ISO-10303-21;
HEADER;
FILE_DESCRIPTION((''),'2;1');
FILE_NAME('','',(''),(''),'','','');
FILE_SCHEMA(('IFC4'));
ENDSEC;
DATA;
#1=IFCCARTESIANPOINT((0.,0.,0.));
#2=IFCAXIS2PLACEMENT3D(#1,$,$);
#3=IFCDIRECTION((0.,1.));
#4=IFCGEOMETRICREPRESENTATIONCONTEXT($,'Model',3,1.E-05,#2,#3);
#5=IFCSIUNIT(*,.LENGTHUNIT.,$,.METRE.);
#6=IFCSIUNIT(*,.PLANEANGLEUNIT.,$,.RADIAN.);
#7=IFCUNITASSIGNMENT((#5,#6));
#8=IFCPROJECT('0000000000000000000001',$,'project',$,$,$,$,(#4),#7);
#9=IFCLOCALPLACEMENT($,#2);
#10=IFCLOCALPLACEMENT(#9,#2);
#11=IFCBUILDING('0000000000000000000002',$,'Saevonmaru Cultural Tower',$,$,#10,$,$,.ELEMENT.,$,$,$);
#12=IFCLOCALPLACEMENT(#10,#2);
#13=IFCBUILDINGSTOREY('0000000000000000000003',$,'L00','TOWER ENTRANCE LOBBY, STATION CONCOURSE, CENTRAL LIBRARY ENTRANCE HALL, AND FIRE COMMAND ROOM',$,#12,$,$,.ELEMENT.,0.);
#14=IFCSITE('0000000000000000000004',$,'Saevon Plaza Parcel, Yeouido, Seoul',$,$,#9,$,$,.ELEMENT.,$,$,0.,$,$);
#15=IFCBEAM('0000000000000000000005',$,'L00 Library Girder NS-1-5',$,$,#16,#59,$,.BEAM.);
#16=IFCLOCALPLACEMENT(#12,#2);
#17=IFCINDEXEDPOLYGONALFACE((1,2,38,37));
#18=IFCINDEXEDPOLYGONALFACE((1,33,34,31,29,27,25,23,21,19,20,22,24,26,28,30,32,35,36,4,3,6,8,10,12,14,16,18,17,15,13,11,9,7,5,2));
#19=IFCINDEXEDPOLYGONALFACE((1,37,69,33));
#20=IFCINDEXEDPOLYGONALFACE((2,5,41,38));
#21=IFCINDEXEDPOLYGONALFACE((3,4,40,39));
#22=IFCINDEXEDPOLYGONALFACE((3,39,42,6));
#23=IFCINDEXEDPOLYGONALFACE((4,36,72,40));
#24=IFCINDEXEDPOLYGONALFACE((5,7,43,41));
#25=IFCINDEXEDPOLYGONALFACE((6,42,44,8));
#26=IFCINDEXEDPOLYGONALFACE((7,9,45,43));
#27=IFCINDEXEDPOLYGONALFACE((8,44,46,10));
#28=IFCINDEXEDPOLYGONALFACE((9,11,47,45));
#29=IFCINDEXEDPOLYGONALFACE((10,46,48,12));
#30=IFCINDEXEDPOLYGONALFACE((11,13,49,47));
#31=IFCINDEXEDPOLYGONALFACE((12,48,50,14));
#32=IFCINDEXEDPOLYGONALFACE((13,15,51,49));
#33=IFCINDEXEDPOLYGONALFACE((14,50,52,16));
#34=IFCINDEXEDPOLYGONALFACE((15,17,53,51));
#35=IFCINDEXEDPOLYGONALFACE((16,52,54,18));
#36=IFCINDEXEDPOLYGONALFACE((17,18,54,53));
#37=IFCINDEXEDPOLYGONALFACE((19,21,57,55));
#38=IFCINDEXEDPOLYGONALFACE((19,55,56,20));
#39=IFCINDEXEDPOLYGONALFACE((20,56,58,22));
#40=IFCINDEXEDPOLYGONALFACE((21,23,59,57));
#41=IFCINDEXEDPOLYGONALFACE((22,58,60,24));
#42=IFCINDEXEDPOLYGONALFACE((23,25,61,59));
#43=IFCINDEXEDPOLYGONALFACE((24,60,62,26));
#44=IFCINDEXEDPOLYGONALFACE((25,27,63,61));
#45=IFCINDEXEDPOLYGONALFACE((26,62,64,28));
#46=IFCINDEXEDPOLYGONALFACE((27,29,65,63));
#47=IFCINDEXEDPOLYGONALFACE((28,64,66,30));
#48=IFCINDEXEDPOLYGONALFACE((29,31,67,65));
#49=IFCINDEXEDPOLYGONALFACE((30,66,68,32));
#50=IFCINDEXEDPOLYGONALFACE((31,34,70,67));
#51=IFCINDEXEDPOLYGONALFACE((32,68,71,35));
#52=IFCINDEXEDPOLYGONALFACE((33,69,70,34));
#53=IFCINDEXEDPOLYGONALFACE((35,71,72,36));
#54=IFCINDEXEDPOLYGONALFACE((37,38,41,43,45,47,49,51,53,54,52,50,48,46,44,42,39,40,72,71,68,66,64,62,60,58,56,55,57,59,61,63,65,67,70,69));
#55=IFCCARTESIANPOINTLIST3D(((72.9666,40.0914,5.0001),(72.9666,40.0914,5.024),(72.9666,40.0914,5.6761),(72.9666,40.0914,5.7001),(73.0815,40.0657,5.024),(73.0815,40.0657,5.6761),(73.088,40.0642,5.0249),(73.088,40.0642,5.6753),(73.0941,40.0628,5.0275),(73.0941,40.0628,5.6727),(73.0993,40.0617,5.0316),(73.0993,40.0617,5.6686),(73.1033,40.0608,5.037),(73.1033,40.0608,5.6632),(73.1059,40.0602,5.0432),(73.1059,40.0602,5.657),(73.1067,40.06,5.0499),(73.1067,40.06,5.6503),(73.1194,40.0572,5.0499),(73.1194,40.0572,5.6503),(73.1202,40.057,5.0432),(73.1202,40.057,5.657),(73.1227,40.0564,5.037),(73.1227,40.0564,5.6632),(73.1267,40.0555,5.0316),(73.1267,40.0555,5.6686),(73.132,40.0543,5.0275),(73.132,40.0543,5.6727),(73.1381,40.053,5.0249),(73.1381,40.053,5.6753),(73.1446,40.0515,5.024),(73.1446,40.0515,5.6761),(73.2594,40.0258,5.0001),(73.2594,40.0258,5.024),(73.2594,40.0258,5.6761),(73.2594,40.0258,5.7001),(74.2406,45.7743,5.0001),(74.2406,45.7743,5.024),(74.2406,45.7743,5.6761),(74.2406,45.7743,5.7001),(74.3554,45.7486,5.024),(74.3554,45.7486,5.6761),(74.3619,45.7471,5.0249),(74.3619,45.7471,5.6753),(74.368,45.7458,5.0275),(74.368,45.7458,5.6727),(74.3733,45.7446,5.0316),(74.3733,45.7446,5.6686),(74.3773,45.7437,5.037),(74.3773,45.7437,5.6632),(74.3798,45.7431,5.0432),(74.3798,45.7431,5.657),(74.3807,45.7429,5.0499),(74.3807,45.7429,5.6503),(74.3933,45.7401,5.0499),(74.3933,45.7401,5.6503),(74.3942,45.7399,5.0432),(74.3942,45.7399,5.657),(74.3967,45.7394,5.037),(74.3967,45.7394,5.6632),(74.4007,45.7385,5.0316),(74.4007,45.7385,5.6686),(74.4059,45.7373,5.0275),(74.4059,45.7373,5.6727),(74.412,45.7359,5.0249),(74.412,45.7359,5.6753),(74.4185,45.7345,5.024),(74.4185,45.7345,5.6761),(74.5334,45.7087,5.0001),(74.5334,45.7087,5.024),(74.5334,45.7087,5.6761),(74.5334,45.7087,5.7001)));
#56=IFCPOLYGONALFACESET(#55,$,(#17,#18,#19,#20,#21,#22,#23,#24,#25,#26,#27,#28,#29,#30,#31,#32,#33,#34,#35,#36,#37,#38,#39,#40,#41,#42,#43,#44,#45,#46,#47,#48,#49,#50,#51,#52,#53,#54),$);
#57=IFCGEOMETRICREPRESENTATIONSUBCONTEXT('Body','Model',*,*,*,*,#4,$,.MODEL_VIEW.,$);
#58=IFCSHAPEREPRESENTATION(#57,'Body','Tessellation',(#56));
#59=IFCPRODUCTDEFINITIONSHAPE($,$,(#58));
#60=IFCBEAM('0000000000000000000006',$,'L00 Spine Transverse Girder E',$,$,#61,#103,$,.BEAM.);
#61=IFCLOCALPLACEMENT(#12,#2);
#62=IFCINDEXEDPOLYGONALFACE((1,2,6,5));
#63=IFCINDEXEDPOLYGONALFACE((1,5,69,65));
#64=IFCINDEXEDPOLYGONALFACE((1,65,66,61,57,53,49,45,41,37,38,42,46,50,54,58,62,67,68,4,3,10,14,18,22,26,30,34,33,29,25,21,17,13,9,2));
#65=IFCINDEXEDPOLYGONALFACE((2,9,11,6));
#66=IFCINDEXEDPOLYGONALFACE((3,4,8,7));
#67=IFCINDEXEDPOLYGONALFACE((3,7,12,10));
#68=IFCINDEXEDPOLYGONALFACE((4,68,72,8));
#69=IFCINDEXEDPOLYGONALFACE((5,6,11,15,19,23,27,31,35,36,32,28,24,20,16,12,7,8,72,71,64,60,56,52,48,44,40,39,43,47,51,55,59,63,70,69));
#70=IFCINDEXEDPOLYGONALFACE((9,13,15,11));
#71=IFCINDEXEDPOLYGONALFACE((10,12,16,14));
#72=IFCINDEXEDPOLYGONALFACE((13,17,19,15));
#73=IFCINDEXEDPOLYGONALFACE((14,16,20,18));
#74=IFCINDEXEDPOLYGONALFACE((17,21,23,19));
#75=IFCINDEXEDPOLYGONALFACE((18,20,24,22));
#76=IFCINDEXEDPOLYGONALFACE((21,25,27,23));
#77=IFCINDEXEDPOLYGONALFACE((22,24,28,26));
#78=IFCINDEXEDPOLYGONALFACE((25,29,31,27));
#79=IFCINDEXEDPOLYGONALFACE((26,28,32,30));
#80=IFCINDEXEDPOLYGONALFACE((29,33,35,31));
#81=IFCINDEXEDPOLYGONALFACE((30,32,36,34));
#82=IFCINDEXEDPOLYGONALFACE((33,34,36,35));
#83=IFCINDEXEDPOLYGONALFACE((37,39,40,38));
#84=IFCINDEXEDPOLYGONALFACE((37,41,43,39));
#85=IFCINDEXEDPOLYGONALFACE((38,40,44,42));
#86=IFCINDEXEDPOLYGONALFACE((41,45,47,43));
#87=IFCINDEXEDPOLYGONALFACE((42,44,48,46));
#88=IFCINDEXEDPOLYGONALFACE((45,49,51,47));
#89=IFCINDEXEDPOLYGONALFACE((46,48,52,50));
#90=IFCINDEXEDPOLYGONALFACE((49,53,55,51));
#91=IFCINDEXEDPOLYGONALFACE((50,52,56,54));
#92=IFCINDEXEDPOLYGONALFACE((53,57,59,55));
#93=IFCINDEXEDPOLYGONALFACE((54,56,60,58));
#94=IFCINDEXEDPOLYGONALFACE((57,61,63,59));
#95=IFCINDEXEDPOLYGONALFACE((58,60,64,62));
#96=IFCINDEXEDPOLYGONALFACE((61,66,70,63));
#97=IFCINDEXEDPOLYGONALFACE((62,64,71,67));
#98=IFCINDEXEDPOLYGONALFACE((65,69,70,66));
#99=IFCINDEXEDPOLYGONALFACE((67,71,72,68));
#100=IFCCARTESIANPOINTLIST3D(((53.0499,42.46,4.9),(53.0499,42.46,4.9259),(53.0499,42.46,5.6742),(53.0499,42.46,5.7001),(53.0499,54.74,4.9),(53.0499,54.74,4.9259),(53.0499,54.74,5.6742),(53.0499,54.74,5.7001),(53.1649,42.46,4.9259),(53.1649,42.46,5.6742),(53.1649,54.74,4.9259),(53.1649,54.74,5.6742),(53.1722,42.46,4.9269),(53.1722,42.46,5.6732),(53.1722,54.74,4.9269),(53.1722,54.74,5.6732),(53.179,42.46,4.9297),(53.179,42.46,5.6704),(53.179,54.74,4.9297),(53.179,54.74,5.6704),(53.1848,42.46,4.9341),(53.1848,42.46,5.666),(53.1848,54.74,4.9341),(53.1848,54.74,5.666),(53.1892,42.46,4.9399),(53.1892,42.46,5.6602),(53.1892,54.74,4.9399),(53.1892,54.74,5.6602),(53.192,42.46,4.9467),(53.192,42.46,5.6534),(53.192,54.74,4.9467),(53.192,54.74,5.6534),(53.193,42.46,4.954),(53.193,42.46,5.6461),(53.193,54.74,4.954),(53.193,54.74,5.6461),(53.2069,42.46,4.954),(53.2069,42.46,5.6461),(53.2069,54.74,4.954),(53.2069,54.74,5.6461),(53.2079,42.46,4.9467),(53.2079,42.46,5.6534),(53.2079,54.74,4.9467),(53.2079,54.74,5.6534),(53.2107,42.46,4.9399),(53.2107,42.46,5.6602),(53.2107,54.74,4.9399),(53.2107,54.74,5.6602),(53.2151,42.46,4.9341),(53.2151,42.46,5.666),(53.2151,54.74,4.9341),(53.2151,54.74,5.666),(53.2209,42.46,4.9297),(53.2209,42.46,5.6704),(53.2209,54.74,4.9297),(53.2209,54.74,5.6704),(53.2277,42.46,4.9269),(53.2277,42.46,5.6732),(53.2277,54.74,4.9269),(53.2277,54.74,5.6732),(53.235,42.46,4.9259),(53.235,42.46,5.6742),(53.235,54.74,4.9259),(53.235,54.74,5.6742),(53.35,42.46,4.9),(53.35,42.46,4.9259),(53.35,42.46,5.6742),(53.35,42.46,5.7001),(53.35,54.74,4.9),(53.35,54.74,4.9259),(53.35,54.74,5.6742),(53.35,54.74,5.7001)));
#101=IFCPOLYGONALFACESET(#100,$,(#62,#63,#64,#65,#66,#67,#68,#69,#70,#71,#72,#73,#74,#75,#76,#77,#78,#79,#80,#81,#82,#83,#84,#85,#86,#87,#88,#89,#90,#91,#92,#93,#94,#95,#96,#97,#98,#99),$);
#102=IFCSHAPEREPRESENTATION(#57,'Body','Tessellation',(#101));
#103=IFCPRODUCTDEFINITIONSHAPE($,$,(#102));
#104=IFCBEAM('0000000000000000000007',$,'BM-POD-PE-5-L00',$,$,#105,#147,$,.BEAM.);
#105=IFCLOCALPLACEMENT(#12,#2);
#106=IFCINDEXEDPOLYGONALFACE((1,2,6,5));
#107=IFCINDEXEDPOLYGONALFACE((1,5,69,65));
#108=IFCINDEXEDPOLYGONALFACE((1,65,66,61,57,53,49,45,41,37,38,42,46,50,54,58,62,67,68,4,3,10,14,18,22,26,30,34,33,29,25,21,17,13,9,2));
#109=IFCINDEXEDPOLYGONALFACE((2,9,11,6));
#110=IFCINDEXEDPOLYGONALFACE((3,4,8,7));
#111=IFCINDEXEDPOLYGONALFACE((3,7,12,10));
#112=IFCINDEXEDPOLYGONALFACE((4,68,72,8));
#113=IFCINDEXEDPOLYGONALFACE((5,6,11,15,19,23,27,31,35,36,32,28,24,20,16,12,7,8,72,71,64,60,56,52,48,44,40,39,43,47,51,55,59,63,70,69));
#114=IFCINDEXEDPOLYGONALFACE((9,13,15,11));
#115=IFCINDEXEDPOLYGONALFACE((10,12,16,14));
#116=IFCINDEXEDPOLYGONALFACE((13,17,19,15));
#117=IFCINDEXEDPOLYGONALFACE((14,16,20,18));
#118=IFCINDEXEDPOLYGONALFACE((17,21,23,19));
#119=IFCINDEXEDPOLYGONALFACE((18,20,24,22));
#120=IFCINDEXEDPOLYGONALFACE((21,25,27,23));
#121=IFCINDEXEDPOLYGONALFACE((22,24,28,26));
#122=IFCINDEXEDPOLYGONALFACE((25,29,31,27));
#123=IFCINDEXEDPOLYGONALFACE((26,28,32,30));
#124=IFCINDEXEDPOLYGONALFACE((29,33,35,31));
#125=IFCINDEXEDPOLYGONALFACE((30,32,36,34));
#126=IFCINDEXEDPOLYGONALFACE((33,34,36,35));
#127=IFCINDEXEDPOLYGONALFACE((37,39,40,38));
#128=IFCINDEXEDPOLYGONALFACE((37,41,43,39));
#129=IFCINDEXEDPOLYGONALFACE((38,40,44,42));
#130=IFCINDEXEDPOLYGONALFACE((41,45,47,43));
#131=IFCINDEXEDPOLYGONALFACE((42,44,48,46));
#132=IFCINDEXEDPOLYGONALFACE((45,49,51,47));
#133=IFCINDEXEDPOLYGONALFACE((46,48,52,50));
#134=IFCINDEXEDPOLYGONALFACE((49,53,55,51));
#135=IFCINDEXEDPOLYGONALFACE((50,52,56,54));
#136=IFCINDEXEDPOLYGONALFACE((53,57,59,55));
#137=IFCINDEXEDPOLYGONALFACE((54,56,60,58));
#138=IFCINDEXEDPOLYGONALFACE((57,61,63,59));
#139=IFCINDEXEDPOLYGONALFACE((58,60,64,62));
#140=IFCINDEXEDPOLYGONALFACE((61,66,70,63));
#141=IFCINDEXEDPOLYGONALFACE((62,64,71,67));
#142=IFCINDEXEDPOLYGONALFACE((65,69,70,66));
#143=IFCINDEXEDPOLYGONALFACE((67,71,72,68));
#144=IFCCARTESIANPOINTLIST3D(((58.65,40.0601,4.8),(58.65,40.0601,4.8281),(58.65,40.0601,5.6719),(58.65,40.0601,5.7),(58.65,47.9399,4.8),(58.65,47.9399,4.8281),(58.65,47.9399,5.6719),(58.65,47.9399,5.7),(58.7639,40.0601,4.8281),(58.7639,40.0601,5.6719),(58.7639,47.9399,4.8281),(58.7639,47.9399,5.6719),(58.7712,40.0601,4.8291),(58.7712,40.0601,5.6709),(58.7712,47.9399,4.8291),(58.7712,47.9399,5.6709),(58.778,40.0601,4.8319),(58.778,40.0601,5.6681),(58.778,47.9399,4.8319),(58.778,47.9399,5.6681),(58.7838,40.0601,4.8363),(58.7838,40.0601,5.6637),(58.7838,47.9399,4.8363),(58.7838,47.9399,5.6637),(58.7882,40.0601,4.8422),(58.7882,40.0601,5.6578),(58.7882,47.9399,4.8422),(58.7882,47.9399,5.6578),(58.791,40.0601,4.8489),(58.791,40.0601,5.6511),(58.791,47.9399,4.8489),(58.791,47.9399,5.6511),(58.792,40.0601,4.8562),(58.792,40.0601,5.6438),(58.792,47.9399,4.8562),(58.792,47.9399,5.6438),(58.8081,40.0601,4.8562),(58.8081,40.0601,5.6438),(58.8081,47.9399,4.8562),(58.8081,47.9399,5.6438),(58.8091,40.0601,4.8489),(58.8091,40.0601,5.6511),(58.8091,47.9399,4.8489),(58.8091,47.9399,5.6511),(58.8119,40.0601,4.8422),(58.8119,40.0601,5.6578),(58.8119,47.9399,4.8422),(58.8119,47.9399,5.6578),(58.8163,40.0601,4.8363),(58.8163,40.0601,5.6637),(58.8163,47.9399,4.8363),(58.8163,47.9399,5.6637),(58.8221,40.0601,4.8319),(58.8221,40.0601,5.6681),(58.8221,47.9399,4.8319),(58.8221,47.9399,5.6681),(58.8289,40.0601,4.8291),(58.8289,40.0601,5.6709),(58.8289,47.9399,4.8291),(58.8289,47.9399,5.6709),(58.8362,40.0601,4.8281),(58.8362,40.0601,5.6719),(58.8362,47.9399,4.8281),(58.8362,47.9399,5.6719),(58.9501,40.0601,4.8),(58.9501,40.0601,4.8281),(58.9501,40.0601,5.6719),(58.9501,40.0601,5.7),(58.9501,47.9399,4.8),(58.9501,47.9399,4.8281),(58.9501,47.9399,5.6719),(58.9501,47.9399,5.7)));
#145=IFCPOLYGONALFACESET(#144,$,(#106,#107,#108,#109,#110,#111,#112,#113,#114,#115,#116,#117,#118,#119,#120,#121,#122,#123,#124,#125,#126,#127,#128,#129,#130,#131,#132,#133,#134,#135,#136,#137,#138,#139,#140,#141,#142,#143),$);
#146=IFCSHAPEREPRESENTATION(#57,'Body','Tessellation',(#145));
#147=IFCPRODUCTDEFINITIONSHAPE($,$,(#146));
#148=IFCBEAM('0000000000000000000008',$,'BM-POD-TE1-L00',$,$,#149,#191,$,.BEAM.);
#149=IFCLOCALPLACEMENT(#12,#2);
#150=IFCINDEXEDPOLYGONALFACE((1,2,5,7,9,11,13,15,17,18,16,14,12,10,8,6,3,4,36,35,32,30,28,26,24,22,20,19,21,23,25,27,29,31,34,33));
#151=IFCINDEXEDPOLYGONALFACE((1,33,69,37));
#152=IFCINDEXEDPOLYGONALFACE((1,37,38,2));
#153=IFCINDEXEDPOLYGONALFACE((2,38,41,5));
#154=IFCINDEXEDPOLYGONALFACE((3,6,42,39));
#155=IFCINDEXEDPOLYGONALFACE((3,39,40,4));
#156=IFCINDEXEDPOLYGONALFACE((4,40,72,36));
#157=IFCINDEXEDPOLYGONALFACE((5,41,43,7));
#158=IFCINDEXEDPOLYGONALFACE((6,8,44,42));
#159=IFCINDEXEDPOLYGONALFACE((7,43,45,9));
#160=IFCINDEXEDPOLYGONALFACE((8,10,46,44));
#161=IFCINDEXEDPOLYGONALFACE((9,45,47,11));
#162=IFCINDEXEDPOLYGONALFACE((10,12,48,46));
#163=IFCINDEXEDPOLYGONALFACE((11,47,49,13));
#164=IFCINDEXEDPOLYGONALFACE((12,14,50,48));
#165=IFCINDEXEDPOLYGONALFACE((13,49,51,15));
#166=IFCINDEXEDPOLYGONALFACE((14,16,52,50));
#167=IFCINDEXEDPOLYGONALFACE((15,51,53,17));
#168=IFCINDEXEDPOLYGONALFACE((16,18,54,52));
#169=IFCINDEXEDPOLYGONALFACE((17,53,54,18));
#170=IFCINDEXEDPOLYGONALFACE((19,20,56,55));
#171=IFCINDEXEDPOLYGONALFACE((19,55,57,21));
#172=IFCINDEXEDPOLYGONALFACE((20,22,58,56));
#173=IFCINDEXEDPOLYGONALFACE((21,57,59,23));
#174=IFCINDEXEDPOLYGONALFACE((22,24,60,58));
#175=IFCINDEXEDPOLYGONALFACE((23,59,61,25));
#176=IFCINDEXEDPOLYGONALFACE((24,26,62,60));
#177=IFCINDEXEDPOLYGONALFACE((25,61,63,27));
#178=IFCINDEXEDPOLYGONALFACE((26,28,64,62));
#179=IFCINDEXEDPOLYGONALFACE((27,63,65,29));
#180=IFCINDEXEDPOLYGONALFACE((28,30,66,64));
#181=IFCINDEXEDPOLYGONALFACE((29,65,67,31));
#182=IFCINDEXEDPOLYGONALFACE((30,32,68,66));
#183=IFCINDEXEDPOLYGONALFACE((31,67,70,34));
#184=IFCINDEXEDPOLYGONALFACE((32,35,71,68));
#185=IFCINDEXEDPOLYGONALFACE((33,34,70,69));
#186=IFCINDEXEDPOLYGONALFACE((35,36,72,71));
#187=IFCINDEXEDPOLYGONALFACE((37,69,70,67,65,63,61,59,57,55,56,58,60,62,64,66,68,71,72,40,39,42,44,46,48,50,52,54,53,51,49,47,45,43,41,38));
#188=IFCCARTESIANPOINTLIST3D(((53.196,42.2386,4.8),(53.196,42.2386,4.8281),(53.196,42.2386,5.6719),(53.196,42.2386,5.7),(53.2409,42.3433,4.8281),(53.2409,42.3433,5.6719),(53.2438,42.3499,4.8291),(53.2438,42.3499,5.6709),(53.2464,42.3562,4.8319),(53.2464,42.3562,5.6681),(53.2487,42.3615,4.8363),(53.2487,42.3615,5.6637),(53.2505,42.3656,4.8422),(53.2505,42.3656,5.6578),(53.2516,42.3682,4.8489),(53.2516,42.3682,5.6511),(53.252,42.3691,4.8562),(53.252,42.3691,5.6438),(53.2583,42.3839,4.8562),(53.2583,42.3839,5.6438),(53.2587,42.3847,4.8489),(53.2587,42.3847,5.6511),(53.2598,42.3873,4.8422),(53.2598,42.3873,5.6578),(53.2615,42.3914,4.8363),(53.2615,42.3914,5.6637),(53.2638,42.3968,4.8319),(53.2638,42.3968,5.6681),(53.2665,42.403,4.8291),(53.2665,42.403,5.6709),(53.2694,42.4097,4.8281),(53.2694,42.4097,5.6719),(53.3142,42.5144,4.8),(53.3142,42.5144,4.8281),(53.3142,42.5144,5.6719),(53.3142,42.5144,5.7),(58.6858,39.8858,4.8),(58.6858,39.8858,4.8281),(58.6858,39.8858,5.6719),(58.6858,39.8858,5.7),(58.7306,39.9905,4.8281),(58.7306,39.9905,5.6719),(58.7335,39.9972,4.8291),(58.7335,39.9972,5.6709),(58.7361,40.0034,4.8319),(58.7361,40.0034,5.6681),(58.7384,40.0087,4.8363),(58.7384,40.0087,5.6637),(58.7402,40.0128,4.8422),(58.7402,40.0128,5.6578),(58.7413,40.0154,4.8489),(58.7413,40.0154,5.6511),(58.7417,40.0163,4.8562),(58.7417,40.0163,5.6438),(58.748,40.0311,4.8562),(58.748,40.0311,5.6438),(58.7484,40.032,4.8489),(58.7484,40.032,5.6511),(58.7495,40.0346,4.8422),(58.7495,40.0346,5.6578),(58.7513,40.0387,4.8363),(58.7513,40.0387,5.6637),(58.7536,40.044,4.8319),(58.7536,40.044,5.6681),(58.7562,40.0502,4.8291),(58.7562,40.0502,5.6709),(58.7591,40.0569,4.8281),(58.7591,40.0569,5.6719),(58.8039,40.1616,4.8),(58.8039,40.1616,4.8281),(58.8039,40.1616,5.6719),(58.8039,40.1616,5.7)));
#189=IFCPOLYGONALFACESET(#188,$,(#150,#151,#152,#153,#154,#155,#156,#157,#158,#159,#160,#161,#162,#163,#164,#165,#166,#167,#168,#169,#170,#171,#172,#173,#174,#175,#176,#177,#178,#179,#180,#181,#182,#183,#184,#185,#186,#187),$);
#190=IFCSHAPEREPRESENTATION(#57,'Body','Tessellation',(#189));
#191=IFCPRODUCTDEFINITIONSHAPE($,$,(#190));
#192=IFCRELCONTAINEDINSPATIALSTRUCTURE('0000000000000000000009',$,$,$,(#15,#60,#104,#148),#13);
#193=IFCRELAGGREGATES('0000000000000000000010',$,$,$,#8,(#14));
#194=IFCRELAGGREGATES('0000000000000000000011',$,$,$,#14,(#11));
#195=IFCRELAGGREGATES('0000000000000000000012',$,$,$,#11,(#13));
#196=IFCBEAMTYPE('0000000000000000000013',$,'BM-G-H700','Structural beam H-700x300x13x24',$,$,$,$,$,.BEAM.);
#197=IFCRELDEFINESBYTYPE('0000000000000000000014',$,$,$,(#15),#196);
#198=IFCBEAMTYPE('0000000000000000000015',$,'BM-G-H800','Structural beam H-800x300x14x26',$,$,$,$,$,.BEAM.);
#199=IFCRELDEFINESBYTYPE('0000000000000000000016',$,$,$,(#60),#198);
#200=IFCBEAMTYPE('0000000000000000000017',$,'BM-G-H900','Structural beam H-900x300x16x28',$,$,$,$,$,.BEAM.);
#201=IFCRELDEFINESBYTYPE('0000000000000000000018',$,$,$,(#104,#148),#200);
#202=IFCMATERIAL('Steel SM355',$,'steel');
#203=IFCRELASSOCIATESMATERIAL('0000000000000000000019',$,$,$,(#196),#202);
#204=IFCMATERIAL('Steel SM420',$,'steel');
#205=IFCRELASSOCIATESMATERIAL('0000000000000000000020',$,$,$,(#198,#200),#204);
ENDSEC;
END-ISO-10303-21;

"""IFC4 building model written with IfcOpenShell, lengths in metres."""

from ifc_helpers import new_model, si_unit, direction, frame, origin, origin_2d, place, context, subcontext, project, spatial, i_section, extrude, material, material_profile, profile_set, type_object, element, save


model = new_model("IFC4")

# Units and contexts
model_context = context("Model", 3, precision=1e-05, world=origin(), true_north=direction((0.0, 1.0)))
body_context = subcontext(model_context, "Body", "Model", "MODEL_VIEW")
ifc_project = project(units=[si_unit("LENGTHUNIT", "METRE"), si_unit("PLANEANGLEUNIT", "RADIAN")], contexts=[model_context])

# Site, building, storey
site_placement = place(None, origin())
site = spatial("IfcSite", under=ifc_project, at=site_placement, Name="Saevon Plaza Parcel, Yeouido, Seoul", CompositionType="ELEMENT", RefElevation=0.0)
building_placement = place(site_placement, origin())
building = spatial("IfcBuilding", under=site, at=building_placement, Name="Saevonmaru Cultural Tower", CompositionType="ELEMENT")
storey_placement = place(building_placement, origin())
storey = spatial("IfcBuildingStorey", under=building, at=storey_placement, Name="L00", Description="TOWER ENTRANCE LOBBY, STATION CONCOURSE, CENTRAL LIBRARY ENTRANCE HALL, AND FIRE COMMAND ROOM", CompositionType="ELEMENT", Elevation=0.0)

# Shared definitions
ifc_material_1 = material(Name="Steel SM355", Category="steel")
ifc_material_2 = material(Name="Steel SM420", Category="steel")

# Beams
ifc_material_profile_1 = material_profile(ifc_material_1, i_section(OverallWidth=0.3, OverallDepth=0.7, WebThickness=0.0129, FlangeThickness=0.0239, FilletRadius=0.0259, at=origin_2d()), Name="H-700x300x13x24")
ifc_profile_set_1 = profile_set([ifc_material_profile_1], Name="Steel SM355")
beam_type_1 = type_object("IfcBeamType", Name="BM-G-H700", Description="Structural beam H-700x300x13x24", PredefinedType="BEAM", material=ifc_profile_set_1)
beam_1_placement = place(storey_placement, frame((73.113, 40.0586, 5.3501), z_axis=(0.218741, 0.975783, 0.0), x_axis=(-0.975783, 0.218741, 0.0)))
element("IfcBeam", 1, at=beam_1_placement, inside=storey, type_object=beam_type_1, Name="L00 Library Girder NS-1-5", PredefinedType="BEAM", context=body_context, shape_type="SweptSolid", body=[
    extrude(i_section(OverallWidth=0.3, OverallDepth=0.7, WebThickness=0.0129, FlangeThickness=0.0239, FilletRadius=0.0259, at=origin_2d()), origin(), (0.0, 0.0, 1.0), 5.824),
])
ifc_material_profile_2 = material_profile(ifc_material_2, i_section(OverallWidth=0.3, OverallDepth=0.8, WebThickness=0.0139, FlangeThickness=0.0259, FilletRadius=0.0281, at=origin_2d()), Name="H-800x300x14x26")
ifc_profile_set_2 = profile_set([ifc_material_profile_2], Name="Steel SM420")
beam_type_2 = type_object("IfcBeamType", Name="BM-G-H800", Description="Structural beam H-800x300x14x26", PredefinedType="BEAM", material=ifc_profile_set_2)
beam_2_placement = place(storey_placement, frame((53.2, 54.74, 5.3), z_axis=(0.0, -1.0, 0.0), x_axis=(1.0, 0.0, 0.0)))
element("IfcBeam", 2, at=beam_2_placement, inside=storey, type_object=beam_type_2, Name="L00 Spine Transverse Girder E", PredefinedType="BEAM", context=body_context, shape_type="SweptSolid", body=[
    extrude(i_section(OverallWidth=0.3, OverallDepth=0.8, WebThickness=0.0139, FlangeThickness=0.0259, FilletRadius=0.0281, at=origin_2d()), origin(), (0.0, 0.0, 1.0), 12.28),
])
ifc_material_profile_3 = material_profile(ifc_material_2, i_section(OverallWidth=0.3, OverallDepth=0.8999, WebThickness=0.0161, FlangeThickness=0.0281, FilletRadius=0.0281, at=origin_2d()), Name="H-900x300x16x28")
ifc_profile_set_3 = profile_set([ifc_material_profile_3], Name="Steel SM420")
beam_type_3 = type_object("IfcBeamType", Name="BM-G-H900", Description="Structural beam H-900x300x16x28", PredefinedType="BEAM", material=ifc_profile_set_3)
beam_3_placement = place(storey_placement, frame((58.8, 40.0601, 5.25), z_axis=(0.0, 1.0, 0.0), x_axis=(-1.0, 0.0, 0.0)))
element("IfcBeam", 3, at=beam_3_placement, inside=storey, type_object=beam_type_3, Name="BM-POD-PE-5-L00", PredefinedType="BEAM", context=body_context, shape_type="SweptSolid", body=[
    extrude(i_section(OverallWidth=0.3, OverallDepth=0.8999, WebThickness=0.0161, FlangeThickness=0.0281, FilletRadius=0.0281, at=origin_2d()), origin(), (0.0, 0.0, 1.0), 7.8799),
])
beam_4_placement = place(storey_placement, frame((53.2551, 42.3765, 5.25), z_axis=(0.919143, -0.393924, 0.0), x_axis=(0.393924, 0.919143, 0.0)))
element("IfcBeam", 4, at=beam_4_placement, inside=storey, type_object=beam_type_3, Name="BM-POD-TE1-L00", PredefinedType="BEAM", context=body_context, shape_type="SweptSolid", body=[
    extrude(i_section(OverallWidth=0.3, OverallDepth=0.8999, WebThickness=0.0161, FlangeThickness=0.0281, FilletRadius=0.0281, at=origin_2d()), origin(), (0.0, 0.0, 1.0), 5.9727),
])

save(model, "model.ifc")
